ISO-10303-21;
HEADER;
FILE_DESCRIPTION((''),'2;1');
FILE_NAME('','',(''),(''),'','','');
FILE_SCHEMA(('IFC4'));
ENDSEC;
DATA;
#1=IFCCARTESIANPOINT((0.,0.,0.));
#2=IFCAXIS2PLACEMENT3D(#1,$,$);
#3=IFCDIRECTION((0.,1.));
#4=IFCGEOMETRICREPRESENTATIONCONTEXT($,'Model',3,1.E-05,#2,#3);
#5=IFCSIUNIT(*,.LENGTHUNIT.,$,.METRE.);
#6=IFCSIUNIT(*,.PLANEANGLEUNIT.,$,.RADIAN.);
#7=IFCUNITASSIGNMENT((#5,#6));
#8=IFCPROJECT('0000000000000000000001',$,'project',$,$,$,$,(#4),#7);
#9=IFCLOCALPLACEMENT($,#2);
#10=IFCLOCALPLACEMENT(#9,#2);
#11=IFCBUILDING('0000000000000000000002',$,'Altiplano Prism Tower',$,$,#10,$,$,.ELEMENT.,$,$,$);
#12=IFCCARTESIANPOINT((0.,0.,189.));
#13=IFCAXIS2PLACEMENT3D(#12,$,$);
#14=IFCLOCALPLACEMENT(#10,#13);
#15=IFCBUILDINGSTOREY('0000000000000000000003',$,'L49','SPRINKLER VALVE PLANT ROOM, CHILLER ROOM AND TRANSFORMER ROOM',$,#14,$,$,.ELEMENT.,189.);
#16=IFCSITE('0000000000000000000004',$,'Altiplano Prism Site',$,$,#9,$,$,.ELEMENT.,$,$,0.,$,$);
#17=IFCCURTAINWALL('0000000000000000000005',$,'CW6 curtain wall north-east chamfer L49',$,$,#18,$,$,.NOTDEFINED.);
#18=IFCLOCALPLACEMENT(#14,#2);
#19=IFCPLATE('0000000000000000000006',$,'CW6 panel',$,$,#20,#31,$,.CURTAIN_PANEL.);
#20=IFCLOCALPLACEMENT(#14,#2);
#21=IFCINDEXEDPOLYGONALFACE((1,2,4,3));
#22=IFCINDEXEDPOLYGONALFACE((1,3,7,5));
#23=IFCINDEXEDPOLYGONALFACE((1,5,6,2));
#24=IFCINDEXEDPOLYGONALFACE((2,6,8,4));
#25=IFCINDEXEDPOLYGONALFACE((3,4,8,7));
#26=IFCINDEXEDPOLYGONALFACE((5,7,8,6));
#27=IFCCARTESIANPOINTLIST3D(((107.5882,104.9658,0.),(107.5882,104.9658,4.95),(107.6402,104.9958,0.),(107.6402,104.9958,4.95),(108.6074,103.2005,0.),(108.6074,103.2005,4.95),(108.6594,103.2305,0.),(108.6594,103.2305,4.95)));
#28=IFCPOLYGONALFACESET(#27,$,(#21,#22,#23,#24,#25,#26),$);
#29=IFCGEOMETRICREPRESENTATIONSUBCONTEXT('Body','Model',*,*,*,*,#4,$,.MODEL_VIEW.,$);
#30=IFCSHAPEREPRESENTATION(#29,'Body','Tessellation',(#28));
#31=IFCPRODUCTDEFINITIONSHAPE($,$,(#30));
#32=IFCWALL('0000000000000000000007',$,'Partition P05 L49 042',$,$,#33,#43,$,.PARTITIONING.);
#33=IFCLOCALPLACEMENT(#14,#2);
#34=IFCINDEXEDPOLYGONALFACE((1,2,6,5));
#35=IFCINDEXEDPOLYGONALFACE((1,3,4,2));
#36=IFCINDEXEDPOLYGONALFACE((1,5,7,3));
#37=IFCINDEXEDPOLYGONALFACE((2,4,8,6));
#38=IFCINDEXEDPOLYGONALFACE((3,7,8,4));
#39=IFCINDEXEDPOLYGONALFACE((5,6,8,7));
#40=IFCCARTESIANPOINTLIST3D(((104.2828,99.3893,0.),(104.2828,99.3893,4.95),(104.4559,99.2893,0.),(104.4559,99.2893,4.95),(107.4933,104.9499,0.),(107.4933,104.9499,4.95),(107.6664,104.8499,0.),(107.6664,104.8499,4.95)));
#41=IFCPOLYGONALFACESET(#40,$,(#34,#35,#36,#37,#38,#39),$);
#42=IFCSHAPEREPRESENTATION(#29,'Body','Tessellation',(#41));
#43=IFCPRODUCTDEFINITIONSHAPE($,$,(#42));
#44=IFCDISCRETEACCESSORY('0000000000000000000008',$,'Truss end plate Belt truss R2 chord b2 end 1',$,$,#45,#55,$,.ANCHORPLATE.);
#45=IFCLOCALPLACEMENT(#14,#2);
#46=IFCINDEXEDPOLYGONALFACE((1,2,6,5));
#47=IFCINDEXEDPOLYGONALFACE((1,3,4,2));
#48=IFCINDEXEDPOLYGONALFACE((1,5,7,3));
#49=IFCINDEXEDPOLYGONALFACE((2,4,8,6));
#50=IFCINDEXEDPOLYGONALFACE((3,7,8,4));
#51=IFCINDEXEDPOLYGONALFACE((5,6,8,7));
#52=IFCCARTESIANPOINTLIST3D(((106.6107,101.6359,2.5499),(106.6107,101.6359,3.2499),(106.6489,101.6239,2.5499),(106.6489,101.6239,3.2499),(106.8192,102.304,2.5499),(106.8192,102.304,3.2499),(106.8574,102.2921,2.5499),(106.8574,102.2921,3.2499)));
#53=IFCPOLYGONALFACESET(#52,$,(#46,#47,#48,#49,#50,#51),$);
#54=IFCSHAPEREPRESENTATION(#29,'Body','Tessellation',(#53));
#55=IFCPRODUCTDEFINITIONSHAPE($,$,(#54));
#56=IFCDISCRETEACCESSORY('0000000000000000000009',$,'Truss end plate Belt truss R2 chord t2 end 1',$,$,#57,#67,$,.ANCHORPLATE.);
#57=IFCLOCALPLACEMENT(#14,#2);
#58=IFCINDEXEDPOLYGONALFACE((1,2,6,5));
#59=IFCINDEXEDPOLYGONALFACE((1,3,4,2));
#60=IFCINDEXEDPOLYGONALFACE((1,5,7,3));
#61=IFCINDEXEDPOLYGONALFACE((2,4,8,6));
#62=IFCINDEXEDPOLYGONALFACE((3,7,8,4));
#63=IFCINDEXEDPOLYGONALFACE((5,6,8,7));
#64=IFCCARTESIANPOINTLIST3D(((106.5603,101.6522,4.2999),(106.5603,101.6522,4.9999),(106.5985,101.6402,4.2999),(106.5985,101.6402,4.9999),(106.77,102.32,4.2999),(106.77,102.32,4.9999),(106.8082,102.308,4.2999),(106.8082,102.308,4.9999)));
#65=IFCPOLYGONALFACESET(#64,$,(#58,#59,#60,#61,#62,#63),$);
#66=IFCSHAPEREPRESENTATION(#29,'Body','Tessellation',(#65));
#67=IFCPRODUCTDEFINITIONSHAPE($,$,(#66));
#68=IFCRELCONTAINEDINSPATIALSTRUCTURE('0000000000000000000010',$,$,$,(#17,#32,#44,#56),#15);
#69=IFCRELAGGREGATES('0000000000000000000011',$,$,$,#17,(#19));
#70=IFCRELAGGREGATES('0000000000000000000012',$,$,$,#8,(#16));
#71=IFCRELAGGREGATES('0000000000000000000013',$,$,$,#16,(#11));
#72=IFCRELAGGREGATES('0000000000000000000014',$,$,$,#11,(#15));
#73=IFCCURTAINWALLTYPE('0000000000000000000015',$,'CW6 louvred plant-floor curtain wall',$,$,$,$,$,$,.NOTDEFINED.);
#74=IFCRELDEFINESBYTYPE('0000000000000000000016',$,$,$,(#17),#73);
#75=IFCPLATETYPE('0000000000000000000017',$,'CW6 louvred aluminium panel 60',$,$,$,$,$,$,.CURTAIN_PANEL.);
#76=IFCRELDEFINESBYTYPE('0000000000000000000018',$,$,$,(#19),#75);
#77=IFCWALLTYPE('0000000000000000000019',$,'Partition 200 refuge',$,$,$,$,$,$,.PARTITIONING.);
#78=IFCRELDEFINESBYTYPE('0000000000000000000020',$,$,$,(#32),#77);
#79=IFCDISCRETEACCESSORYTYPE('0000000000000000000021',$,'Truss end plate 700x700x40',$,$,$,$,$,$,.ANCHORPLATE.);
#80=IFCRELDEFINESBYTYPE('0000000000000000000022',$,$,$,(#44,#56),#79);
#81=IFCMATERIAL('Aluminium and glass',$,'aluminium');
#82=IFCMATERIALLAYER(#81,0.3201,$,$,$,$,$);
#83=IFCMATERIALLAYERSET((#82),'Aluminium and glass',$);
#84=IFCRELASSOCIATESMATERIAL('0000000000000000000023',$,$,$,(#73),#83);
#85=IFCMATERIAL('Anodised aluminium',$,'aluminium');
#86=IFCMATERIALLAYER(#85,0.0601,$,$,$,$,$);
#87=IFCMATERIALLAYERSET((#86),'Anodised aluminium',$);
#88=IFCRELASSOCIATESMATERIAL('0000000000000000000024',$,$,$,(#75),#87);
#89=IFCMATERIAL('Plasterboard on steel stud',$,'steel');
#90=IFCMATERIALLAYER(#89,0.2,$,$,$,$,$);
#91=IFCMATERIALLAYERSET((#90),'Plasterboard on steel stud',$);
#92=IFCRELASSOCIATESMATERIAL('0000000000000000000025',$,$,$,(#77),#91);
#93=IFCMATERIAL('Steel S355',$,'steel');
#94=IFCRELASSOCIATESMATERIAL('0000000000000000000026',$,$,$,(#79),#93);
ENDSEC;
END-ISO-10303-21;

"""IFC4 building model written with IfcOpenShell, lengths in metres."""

from ifc_helpers import new_model, si_unit, direction, frame, frame_2d, origin, origin_2d, place, context, subcontext, project, spatial, rectangle, extrude, material, layer, layer_set, material_profile, profile_set, type_object, element, aggregate, save


model = new_model("IFC4")

# Units and contexts
model_context = context("Model", 3, precision=1e-05, world=origin(), true_north=direction((0.0, 1.0)))
body_context = subcontext(model_context, "Body", "Model", "MODEL_VIEW")
ifc_project = project(units=[si_unit("LENGTHUNIT", "METRE"), si_unit("PLANEANGLEUNIT", "RADIAN")], contexts=[model_context])

# Site, building, storey
site_placement = place(None, origin())
site = spatial("IfcSite", under=ifc_project, at=site_placement, Name="Altiplano Prism Site", CompositionType="ELEMENT", RefElevation=0.0)
building_placement = place(site_placement, origin())
building = spatial("IfcBuilding", under=site, at=building_placement, Name="Altiplano Prism Tower", CompositionType="ELEMENT")
storey_placement = place(building_placement, frame((0.0, 0.0, 189.0)))
storey = spatial("IfcBuildingStorey", under=building, at=storey_placement, Name="L49", Description="SPRINKLER VALVE PLANT ROOM, CHILLER ROOM AND TRANSFORMER ROOM", CompositionType="ELEMENT", Elevation=189.0)

# Shared definitions
ifc_material_1 = material(Name="Steel S355", Category="steel")

# Curtain wall
ifc_material_2 = material(Name="Aluminium and glass", Category="aluminium")
ifc_layer_1 = layer(ifc_material_2, 0.3201)
ifc_layer_set_1 = layer_set([ifc_layer_1], Name="Aluminium and glass")
curtain_wall_type = type_object("IfcCurtainWallType", Name="CW6 louvred plant-floor curtain wall", PredefinedType="NOTDEFINED", material=ifc_layer_set_1)
curtain_wall_placement = place(storey_placement, origin())
curtain_wall = element("IfcCurtainWall", 1, at=curtain_wall_placement, inside=storey, type_object=curtain_wall_type, Name="CW6 curtain wall north-east chamfer L49", PredefinedType="NOTDEFINED")

# Plate
ifc_material_3 = material(Name="Anodised aluminium", Category="aluminium")
ifc_layer_2 = layer(ifc_material_3, 0.0601)
ifc_layer_set_2 = layer_set([ifc_layer_2], Name="Anodised aluminium")
plate_type = type_object("IfcPlateType", Name="CW6 louvred aluminium panel 60", PredefinedType="CURTAIN_PANEL", material=ifc_layer_set_2)
plate_placement = place(storey_placement, frame((108.1238, 104.0981, 0.0), z_axis=(0.0, 0.0, 1.0), x_axis=(-0.5, 0.866025, 0.0)))
plate = element("IfcPlate", 2, at=plate_placement, type_object=plate_type, Name="CW6 panel", PredefinedType="CURTAIN_PANEL", context=body_context, shape_type="SweptSolid", body=[
    extrude(rectangle(XDim=2.0383, YDim=0.0601, at=origin_2d()), origin(), (0.0, 0.0, 1.0), 4.95),
])
aggregate(curtain_wall, [plate])

# Wall
ifc_material_4 = material(Name="Plasterboard on steel stud", Category="steel")
ifc_layer_3 = layer(ifc_material_4, 0.2)
ifc_layer_set_3 = layer_set([ifc_layer_3], Name="Plasterboard on steel stud")
wall_type = type_object("IfcWallType", Name="Partition 200 refuge", PredefinedType="PARTITIONING", material=ifc_layer_set_3)
wall_placement = place(storey_placement, frame((107.5798, 104.8999, 0.0), z_axis=(0.0, 0.0, 1.0), x_axis=(-0.500008, -0.866021, 0.0)))
element("IfcWall", 3, at=wall_placement, inside=storey, type_object=wall_type, Name="Partition P05 L49 042", PredefinedType="PARTITIONING", context=body_context, shape_type="SweptSolid", body=[
    extrude(rectangle(XDim=6.4209, YDim=0.2, at=frame_2d((3.2104, 0.0))), origin(), (0.0, 0.0, 1.0), 4.95),
])

# Discrete accessories
ifc_material_profile_1 = material_profile(ifc_material_1, rectangle(XDim=0.7, YDim=0.7, at=origin_2d()), Name="Truss end plate 700x700x40")
ifc_profile_set_1 = profile_set([ifc_material_profile_1], Name="Steel S355")
discrete_accessory_type = type_object("IfcDiscreteAccessoryType", Name="Truss end plate 700x700x40", PredefinedType="ANCHORPLATE", material=ifc_profile_set_1)
for number, where, z_axis, x_axis, name in (
    (4, (106.7532, 101.958, 2.8999), (-0.954588, 0.297929, 0.0), (-0.297929, -0.954588, 0.0), "Truss end plate Belt truss R2 chord b2 end 1"),
    (5, (106.7034, 101.9741, 4.6499), (-0.954044, 0.299668, 0.0), (-0.299668, -0.954044, 0.0), "Truss end plate Belt truss R2 chord t2 end 1"),
):
    element("IfcDiscreteAccessory", number, at=place(storey_placement, frame(where, z_axis=z_axis, x_axis=x_axis)), inside=storey, type_object=discrete_accessory_type, Name=name, PredefinedType="ANCHORPLATE", context=body_context, shape_type="SweptSolid", body=[
        extrude(rectangle(XDim=0.7, YDim=0.7, at=origin_2d()), origin(), (0.0, 0.0, 1.0), 0.04),
    ])

save(model, "model.ifc")
